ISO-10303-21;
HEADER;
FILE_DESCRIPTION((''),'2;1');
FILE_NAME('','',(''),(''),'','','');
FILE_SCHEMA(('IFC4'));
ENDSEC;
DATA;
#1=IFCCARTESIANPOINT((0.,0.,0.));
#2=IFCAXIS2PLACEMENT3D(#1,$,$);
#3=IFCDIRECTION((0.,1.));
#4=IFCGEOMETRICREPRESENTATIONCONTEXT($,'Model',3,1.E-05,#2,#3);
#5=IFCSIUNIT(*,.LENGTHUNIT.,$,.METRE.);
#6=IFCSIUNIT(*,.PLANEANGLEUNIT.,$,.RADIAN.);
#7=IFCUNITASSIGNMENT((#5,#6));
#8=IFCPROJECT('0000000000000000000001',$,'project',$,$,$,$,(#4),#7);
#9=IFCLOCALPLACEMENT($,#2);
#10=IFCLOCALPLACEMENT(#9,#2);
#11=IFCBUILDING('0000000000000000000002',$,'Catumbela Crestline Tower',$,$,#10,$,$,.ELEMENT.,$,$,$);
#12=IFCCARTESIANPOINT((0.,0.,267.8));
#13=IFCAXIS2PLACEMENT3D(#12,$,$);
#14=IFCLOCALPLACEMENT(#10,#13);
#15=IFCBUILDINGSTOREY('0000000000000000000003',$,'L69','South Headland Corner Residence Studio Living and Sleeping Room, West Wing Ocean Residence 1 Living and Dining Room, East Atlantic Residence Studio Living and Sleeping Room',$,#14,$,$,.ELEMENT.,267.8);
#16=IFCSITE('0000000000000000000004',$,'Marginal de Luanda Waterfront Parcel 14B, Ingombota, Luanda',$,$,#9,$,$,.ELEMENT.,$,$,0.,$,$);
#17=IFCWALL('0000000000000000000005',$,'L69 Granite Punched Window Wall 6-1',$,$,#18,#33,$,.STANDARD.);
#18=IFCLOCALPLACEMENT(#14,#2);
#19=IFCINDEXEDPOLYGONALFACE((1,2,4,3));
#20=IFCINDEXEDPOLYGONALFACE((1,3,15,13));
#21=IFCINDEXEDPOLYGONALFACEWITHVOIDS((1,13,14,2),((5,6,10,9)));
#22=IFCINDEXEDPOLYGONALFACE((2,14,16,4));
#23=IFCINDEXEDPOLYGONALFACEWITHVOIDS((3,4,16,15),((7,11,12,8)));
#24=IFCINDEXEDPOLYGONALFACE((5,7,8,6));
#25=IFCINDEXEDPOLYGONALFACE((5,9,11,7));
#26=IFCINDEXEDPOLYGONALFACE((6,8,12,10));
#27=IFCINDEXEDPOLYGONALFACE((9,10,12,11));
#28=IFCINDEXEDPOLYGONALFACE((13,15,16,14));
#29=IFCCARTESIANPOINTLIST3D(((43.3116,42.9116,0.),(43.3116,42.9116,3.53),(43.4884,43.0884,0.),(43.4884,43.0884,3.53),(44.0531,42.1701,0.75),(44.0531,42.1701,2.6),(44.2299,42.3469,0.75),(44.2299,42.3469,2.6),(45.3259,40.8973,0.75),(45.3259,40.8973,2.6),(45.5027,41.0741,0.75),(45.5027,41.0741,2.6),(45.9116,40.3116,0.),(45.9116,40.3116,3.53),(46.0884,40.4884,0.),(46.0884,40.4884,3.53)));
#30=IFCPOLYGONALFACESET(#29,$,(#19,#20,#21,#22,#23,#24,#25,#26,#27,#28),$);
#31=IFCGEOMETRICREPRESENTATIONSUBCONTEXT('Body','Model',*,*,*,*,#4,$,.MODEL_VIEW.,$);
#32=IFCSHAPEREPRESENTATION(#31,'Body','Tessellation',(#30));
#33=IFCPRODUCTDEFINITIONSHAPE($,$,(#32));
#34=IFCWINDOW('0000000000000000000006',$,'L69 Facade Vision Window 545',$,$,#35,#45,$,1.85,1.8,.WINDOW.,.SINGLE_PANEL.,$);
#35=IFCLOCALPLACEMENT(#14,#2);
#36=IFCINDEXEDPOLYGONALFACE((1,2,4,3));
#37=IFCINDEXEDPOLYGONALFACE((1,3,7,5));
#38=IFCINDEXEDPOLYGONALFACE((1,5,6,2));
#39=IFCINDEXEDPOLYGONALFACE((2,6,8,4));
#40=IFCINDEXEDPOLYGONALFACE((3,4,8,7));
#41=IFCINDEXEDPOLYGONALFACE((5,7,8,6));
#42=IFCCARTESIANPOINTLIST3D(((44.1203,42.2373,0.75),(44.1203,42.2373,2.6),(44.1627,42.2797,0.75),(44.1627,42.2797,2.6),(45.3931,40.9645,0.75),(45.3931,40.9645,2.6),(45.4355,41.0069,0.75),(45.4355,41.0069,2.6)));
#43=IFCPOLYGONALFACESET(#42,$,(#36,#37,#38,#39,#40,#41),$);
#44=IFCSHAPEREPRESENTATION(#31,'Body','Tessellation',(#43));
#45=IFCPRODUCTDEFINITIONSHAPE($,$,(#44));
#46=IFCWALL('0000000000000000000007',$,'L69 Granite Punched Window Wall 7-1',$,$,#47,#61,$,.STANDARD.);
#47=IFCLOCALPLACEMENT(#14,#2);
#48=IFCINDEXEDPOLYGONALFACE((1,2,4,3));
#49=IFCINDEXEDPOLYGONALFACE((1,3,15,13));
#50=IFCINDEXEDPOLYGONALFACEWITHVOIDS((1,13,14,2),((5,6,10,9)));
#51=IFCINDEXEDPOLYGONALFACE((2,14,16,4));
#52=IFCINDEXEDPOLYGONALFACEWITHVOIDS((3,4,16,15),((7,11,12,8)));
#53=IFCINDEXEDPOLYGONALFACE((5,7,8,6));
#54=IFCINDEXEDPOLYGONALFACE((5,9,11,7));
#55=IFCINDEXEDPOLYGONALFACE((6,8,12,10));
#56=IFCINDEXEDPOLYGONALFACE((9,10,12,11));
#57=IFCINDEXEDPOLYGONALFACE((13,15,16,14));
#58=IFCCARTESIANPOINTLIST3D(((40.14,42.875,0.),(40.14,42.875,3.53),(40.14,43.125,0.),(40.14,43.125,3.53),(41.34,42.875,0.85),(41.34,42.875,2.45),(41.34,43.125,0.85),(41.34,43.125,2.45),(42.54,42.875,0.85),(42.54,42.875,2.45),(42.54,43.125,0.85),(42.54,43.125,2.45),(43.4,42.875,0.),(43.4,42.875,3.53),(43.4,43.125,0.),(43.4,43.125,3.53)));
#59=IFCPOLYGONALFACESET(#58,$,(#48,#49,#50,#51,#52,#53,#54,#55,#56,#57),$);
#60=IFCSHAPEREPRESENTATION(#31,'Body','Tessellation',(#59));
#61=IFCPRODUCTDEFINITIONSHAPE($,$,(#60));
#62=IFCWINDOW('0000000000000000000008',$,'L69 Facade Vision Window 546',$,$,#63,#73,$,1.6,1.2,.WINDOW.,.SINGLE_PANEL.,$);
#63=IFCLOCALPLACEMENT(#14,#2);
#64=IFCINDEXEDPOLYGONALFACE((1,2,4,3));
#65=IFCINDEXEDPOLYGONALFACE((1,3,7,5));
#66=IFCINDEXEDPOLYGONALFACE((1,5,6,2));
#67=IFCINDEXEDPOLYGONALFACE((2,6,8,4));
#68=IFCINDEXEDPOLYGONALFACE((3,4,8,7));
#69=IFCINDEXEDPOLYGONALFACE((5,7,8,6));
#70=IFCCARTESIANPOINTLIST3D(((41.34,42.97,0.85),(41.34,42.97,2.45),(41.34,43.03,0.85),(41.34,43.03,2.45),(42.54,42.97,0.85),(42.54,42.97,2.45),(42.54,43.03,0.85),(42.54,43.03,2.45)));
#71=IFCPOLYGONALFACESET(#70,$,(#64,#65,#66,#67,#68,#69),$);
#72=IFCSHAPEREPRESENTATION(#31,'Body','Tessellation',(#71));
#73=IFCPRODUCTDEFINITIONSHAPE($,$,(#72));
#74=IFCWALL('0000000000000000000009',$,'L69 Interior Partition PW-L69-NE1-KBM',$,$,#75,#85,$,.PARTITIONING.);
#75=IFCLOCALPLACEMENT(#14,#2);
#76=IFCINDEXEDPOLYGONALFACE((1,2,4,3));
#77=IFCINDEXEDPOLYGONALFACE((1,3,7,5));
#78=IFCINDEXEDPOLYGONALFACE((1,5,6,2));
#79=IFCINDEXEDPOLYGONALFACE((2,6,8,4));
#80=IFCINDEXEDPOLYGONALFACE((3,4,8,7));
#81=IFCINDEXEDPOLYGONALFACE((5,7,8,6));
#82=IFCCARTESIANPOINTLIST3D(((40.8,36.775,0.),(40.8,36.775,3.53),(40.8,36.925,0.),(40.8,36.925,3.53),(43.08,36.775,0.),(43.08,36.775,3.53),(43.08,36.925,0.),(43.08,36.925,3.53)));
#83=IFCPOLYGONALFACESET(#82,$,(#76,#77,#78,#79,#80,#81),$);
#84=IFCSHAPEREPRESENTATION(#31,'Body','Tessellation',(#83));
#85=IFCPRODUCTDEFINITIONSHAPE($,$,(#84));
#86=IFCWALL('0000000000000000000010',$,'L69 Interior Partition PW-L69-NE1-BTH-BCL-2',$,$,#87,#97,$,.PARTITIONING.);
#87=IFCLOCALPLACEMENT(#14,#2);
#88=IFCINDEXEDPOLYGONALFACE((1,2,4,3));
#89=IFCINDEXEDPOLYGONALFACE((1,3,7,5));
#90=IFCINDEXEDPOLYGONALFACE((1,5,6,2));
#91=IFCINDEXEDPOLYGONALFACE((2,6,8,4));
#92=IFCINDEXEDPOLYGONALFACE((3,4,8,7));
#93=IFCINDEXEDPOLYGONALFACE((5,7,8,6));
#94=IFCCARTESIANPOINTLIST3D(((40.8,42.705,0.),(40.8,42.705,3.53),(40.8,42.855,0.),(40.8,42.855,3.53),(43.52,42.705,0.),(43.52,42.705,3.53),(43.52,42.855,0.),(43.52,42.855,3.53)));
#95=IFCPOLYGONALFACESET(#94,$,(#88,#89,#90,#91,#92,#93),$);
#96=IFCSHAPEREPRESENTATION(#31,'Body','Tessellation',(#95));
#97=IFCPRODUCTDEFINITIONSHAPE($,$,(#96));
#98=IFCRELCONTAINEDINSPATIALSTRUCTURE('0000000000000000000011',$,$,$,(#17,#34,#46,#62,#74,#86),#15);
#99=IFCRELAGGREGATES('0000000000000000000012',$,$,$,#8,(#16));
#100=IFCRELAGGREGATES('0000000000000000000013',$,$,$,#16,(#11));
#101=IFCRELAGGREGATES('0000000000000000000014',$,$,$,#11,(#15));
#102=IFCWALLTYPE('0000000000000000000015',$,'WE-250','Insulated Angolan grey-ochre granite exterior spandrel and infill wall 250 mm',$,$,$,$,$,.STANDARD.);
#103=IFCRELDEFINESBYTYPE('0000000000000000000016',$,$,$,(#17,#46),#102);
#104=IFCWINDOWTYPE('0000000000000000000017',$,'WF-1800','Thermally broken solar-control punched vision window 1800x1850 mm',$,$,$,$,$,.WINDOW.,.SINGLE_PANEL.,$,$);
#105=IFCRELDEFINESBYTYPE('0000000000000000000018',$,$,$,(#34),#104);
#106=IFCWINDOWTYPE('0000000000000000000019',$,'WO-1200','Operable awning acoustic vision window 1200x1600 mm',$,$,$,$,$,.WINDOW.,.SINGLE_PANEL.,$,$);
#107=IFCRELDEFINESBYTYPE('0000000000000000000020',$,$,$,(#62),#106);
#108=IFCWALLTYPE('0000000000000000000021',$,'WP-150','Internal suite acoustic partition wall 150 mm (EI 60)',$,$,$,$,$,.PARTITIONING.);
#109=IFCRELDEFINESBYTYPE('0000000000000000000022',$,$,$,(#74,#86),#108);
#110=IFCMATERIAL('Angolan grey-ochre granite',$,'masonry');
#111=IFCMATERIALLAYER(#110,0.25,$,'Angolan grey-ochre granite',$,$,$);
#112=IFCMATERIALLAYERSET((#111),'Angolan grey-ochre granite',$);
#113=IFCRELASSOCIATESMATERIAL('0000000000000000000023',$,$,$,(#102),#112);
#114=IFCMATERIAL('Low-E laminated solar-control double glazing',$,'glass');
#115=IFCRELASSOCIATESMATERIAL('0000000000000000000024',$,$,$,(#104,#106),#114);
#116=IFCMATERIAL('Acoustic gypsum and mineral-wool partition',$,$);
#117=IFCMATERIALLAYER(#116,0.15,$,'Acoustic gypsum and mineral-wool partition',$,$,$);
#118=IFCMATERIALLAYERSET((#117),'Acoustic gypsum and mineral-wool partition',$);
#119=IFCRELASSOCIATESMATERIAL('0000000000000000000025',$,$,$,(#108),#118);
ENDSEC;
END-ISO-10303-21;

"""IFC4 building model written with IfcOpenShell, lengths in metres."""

from ifc_helpers import new_model, si_unit, direction, frame, frame_2d, origin, place, context, subcontext, project, spatial, rectangle, extrude, material, layer, layer_set, type_object, element, fill, save


model = new_model("IFC4")

# Units and contexts
model_context = context("Model", 3, precision=1e-05, world=origin(), true_north=direction((0.0, 1.0)))
body_context = subcontext(model_context, "Body", "Model", "MODEL_VIEW")
ifc_project = project(units=[si_unit("LENGTHUNIT", "METRE"), si_unit("PLANEANGLEUNIT", "RADIAN")], contexts=[model_context])

# Site, building, storey
site_placement = place(None, origin())
site = spatial("IfcSite", under=ifc_project, at=site_placement, Name="Marginal de Luanda Waterfront Parcel 14B, Ingombota, Luanda", CompositionType="ELEMENT", RefElevation=0.0)
building_placement = place(site_placement, origin())
building = spatial("IfcBuilding", under=site, at=building_placement, Name="Catumbela Crestline Tower", CompositionType="ELEMENT")
storey_placement = place(building_placement, frame((0.0, 0.0, 267.8)))
storey = spatial("IfcBuildingStorey", under=building, at=storey_placement, Name="L69", Description="South Headland Corner Residence Studio Living and Sleeping Room, West Wing Ocean Residence 1 Living and Dining Room, East Atlantic Residence Studio Living and Sleeping Room", CompositionType="ELEMENT", Elevation=267.8)

# Shared definitions
ifc_material_1 = material(Name="Low-E laminated solar-control double glazing", Category="glass")

# Walls, openings, windows
ifc_material_2 = material(Name="Angolan grey-ochre granite", Category="masonry")
ifc_layer_1 = layer(ifc_material_2, 0.25, Name="Angolan grey-ochre granite")
ifc_layer_set_1 = layer_set([ifc_layer_1], Name="Angolan grey-ochre granite")
wall_type_1 = type_object("IfcWallType", Name="WE-250", Description="Insulated Angolan grey-ochre granite exterior spandrel and infill wall 250 mm", PredefinedType="STANDARD", material=ifc_layer_set_1)
wall_1_placement = place(storey_placement, frame((46.0, 40.4, 0.0), z_axis=(0.0, 0.0, 1.0), x_axis=(-0.707107, 0.707107, 0.0)))
wall_1 = element("IfcWall", 1, at=wall_1_placement, inside=storey, type_object=wall_type_1, Name="L69 Granite Punched Window Wall 6-1", PredefinedType="STANDARD", context=body_context, shape_type="SweptSolid", body=[
    extrude(rectangle(XDim=3.677, YDim=0.25, at=frame_2d((1.8385, 0.0))), origin(), (0.0, 0.0, 1.0), 3.53),
])
opening_1_placement = place(wall_1_placement, frame((0.8283, 0.0, 0.75)))
opening_1 = element("IfcOpeningElement", 2, at=opening_1_placement, cuts=wall_1, PredefinedType="OPENING", context=body_context, shape_type="SweptSolid", body=[
    extrude(rectangle(XDim=1.8, YDim=1.85, at=frame_2d((0.9, 0.925))), frame((0.0, 0.135, 0.0), z_axis=(0.0, -1.0, 0.0), x_axis=(1.0, 0.0, 0.0)), (0.0, 0.0, 1.0), 0.27),
])
window_type_1 = type_object("IfcWindowType", Name="WF-1800", Description="Thermally broken solar-control punched vision window 1800x1850 mm", PartitioningType="SINGLE_PANEL", PredefinedType="WINDOW", material=ifc_material_1)
window_1_placement = place(opening_1_placement, origin())
window_1 = element("IfcWindow", 3, at=window_1_placement, inside=storey, type_object=window_type_1, Name="L69 Facade Vision Window 545", OverallHeight=1.85, OverallWidth=1.8, PartitioningType="SINGLE_PANEL", PredefinedType="WINDOW", context=body_context, shape_type="SweptSolid", body=[
    extrude(rectangle(XDim=1.8, YDim=1.85, at=frame_2d((0.9, 0.925))), frame((0.0, 0.03, 0.0), z_axis=(0.0, -1.0, 0.0), x_axis=(1.0, 0.0, 0.0)), (0.0, 0.0, 1.0), 0.06),
])
fill(opening_1, window_1)
wall_2_placement = place(storey_placement, frame((43.4, 43.0, 0.0), z_axis=(0.0, 0.0, 1.0), x_axis=(-1.0, 0.0, 0.0)))
wall_2 = element("IfcWall", 4, at=wall_2_placement, inside=storey, type_object=wall_type_1, Name="L69 Granite Punched Window Wall 7-1", PredefinedType="STANDARD", context=body_context, shape_type="SweptSolid", body=[
    extrude(rectangle(XDim=3.26, YDim=0.25, at=frame_2d((1.63, 0.0))), origin(), (0.0, 0.0, 1.0), 3.53),
])
opening_2_placement = place(wall_2_placement, frame((0.86, 0.0, 0.85)))
opening_2 = element("IfcOpeningElement", 5, at=opening_2_placement, cuts=wall_2, PredefinedType="OPENING", context=body_context, shape_type="SweptSolid", body=[
    extrude(rectangle(XDim=1.2, YDim=1.6, at=frame_2d((0.6, 0.8))), frame((0.0, 0.135, 0.0), z_axis=(0.0, -1.0, 0.0), x_axis=(1.0, 0.0, 0.0)), (0.0, 0.0, 1.0), 0.27),
])
window_type_2 = type_object("IfcWindowType", Name="WO-1200", Description="Operable awning acoustic vision window 1200x1600 mm", PartitioningType="SINGLE_PANEL", PredefinedType="WINDOW", material=ifc_material_1)
window_2_placement = place(opening_2_placement, origin())
window_2 = element("IfcWindow", 6, at=window_2_placement, inside=storey, type_object=window_type_2, Name="L69 Facade Vision Window 546", OverallHeight=1.6, OverallWidth=1.2, PartitioningType="SINGLE_PANEL", PredefinedType="WINDOW", context=body_context, shape_type="SweptSolid", body=[
    extrude(rectangle(XDim=1.2, YDim=1.6, at=frame_2d((0.6, 0.8))), frame((0.0, 0.03, 0.0), z_axis=(0.0, -1.0, 0.0), x_axis=(1.0, 0.0, 0.0)), (0.0, 0.0, 1.0), 0.06),
])
fill(opening_2, window_2)

# Walls
ifc_material_3 = material(Name="Acoustic gypsum and mineral-wool partition")
ifc_layer_2 = layer(ifc_material_3, 0.15, Name="Acoustic gypsum and mineral-wool partition")
ifc_layer_set_2 = layer_set([ifc_layer_2], Name="Acoustic gypsum and mineral-wool partition")
wall_type_2 = type_object("IfcWallType", Name="WP-150", Description="Internal suite acoustic partition wall 150 mm (EI 60)", PredefinedType="PARTITIONING", material=ifc_layer_set_2)
wall_3_placement = place(storey_placement, frame((40.8, 36.85, 0.0), z_axis=(0.0, 0.0, 1.0), x_axis=(1.0, 0.0, 0.0)))
element("IfcWall", 7, at=wall_3_placement, inside=storey, type_object=wall_type_2, Name="L69 Interior Partition PW-L69-NE1-KBM", PredefinedType="PARTITIONING", context=body_context, shape_type="SweptSolid", body=[
    extrude(rectangle(XDim=2.28, YDim=0.15, at=frame_2d((1.14, 0.0))), origin(), (0.0, 0.0, 1.0), 3.53),
])
wall_4_placement = place(storey_placement, frame((40.8, 42.78, 0.0), z_axis=(0.0, 0.0, 1.0), x_axis=(1.0, 0.0, 0.0)))
element("IfcWall", 8, at=wall_4_placement, inside=storey, type_object=wall_type_2, Name="L69 Interior Partition PW-L69-NE1-BTH-BCL-2", PredefinedType="PARTITIONING", context=body_context, shape_type="SweptSolid", body=[
    extrude(rectangle(XDim=2.72, YDim=0.15, at=frame_2d((1.36, 0.0))), origin(), (0.0, 0.0, 1.0), 3.53),
])

save(model, "model.ifc")
